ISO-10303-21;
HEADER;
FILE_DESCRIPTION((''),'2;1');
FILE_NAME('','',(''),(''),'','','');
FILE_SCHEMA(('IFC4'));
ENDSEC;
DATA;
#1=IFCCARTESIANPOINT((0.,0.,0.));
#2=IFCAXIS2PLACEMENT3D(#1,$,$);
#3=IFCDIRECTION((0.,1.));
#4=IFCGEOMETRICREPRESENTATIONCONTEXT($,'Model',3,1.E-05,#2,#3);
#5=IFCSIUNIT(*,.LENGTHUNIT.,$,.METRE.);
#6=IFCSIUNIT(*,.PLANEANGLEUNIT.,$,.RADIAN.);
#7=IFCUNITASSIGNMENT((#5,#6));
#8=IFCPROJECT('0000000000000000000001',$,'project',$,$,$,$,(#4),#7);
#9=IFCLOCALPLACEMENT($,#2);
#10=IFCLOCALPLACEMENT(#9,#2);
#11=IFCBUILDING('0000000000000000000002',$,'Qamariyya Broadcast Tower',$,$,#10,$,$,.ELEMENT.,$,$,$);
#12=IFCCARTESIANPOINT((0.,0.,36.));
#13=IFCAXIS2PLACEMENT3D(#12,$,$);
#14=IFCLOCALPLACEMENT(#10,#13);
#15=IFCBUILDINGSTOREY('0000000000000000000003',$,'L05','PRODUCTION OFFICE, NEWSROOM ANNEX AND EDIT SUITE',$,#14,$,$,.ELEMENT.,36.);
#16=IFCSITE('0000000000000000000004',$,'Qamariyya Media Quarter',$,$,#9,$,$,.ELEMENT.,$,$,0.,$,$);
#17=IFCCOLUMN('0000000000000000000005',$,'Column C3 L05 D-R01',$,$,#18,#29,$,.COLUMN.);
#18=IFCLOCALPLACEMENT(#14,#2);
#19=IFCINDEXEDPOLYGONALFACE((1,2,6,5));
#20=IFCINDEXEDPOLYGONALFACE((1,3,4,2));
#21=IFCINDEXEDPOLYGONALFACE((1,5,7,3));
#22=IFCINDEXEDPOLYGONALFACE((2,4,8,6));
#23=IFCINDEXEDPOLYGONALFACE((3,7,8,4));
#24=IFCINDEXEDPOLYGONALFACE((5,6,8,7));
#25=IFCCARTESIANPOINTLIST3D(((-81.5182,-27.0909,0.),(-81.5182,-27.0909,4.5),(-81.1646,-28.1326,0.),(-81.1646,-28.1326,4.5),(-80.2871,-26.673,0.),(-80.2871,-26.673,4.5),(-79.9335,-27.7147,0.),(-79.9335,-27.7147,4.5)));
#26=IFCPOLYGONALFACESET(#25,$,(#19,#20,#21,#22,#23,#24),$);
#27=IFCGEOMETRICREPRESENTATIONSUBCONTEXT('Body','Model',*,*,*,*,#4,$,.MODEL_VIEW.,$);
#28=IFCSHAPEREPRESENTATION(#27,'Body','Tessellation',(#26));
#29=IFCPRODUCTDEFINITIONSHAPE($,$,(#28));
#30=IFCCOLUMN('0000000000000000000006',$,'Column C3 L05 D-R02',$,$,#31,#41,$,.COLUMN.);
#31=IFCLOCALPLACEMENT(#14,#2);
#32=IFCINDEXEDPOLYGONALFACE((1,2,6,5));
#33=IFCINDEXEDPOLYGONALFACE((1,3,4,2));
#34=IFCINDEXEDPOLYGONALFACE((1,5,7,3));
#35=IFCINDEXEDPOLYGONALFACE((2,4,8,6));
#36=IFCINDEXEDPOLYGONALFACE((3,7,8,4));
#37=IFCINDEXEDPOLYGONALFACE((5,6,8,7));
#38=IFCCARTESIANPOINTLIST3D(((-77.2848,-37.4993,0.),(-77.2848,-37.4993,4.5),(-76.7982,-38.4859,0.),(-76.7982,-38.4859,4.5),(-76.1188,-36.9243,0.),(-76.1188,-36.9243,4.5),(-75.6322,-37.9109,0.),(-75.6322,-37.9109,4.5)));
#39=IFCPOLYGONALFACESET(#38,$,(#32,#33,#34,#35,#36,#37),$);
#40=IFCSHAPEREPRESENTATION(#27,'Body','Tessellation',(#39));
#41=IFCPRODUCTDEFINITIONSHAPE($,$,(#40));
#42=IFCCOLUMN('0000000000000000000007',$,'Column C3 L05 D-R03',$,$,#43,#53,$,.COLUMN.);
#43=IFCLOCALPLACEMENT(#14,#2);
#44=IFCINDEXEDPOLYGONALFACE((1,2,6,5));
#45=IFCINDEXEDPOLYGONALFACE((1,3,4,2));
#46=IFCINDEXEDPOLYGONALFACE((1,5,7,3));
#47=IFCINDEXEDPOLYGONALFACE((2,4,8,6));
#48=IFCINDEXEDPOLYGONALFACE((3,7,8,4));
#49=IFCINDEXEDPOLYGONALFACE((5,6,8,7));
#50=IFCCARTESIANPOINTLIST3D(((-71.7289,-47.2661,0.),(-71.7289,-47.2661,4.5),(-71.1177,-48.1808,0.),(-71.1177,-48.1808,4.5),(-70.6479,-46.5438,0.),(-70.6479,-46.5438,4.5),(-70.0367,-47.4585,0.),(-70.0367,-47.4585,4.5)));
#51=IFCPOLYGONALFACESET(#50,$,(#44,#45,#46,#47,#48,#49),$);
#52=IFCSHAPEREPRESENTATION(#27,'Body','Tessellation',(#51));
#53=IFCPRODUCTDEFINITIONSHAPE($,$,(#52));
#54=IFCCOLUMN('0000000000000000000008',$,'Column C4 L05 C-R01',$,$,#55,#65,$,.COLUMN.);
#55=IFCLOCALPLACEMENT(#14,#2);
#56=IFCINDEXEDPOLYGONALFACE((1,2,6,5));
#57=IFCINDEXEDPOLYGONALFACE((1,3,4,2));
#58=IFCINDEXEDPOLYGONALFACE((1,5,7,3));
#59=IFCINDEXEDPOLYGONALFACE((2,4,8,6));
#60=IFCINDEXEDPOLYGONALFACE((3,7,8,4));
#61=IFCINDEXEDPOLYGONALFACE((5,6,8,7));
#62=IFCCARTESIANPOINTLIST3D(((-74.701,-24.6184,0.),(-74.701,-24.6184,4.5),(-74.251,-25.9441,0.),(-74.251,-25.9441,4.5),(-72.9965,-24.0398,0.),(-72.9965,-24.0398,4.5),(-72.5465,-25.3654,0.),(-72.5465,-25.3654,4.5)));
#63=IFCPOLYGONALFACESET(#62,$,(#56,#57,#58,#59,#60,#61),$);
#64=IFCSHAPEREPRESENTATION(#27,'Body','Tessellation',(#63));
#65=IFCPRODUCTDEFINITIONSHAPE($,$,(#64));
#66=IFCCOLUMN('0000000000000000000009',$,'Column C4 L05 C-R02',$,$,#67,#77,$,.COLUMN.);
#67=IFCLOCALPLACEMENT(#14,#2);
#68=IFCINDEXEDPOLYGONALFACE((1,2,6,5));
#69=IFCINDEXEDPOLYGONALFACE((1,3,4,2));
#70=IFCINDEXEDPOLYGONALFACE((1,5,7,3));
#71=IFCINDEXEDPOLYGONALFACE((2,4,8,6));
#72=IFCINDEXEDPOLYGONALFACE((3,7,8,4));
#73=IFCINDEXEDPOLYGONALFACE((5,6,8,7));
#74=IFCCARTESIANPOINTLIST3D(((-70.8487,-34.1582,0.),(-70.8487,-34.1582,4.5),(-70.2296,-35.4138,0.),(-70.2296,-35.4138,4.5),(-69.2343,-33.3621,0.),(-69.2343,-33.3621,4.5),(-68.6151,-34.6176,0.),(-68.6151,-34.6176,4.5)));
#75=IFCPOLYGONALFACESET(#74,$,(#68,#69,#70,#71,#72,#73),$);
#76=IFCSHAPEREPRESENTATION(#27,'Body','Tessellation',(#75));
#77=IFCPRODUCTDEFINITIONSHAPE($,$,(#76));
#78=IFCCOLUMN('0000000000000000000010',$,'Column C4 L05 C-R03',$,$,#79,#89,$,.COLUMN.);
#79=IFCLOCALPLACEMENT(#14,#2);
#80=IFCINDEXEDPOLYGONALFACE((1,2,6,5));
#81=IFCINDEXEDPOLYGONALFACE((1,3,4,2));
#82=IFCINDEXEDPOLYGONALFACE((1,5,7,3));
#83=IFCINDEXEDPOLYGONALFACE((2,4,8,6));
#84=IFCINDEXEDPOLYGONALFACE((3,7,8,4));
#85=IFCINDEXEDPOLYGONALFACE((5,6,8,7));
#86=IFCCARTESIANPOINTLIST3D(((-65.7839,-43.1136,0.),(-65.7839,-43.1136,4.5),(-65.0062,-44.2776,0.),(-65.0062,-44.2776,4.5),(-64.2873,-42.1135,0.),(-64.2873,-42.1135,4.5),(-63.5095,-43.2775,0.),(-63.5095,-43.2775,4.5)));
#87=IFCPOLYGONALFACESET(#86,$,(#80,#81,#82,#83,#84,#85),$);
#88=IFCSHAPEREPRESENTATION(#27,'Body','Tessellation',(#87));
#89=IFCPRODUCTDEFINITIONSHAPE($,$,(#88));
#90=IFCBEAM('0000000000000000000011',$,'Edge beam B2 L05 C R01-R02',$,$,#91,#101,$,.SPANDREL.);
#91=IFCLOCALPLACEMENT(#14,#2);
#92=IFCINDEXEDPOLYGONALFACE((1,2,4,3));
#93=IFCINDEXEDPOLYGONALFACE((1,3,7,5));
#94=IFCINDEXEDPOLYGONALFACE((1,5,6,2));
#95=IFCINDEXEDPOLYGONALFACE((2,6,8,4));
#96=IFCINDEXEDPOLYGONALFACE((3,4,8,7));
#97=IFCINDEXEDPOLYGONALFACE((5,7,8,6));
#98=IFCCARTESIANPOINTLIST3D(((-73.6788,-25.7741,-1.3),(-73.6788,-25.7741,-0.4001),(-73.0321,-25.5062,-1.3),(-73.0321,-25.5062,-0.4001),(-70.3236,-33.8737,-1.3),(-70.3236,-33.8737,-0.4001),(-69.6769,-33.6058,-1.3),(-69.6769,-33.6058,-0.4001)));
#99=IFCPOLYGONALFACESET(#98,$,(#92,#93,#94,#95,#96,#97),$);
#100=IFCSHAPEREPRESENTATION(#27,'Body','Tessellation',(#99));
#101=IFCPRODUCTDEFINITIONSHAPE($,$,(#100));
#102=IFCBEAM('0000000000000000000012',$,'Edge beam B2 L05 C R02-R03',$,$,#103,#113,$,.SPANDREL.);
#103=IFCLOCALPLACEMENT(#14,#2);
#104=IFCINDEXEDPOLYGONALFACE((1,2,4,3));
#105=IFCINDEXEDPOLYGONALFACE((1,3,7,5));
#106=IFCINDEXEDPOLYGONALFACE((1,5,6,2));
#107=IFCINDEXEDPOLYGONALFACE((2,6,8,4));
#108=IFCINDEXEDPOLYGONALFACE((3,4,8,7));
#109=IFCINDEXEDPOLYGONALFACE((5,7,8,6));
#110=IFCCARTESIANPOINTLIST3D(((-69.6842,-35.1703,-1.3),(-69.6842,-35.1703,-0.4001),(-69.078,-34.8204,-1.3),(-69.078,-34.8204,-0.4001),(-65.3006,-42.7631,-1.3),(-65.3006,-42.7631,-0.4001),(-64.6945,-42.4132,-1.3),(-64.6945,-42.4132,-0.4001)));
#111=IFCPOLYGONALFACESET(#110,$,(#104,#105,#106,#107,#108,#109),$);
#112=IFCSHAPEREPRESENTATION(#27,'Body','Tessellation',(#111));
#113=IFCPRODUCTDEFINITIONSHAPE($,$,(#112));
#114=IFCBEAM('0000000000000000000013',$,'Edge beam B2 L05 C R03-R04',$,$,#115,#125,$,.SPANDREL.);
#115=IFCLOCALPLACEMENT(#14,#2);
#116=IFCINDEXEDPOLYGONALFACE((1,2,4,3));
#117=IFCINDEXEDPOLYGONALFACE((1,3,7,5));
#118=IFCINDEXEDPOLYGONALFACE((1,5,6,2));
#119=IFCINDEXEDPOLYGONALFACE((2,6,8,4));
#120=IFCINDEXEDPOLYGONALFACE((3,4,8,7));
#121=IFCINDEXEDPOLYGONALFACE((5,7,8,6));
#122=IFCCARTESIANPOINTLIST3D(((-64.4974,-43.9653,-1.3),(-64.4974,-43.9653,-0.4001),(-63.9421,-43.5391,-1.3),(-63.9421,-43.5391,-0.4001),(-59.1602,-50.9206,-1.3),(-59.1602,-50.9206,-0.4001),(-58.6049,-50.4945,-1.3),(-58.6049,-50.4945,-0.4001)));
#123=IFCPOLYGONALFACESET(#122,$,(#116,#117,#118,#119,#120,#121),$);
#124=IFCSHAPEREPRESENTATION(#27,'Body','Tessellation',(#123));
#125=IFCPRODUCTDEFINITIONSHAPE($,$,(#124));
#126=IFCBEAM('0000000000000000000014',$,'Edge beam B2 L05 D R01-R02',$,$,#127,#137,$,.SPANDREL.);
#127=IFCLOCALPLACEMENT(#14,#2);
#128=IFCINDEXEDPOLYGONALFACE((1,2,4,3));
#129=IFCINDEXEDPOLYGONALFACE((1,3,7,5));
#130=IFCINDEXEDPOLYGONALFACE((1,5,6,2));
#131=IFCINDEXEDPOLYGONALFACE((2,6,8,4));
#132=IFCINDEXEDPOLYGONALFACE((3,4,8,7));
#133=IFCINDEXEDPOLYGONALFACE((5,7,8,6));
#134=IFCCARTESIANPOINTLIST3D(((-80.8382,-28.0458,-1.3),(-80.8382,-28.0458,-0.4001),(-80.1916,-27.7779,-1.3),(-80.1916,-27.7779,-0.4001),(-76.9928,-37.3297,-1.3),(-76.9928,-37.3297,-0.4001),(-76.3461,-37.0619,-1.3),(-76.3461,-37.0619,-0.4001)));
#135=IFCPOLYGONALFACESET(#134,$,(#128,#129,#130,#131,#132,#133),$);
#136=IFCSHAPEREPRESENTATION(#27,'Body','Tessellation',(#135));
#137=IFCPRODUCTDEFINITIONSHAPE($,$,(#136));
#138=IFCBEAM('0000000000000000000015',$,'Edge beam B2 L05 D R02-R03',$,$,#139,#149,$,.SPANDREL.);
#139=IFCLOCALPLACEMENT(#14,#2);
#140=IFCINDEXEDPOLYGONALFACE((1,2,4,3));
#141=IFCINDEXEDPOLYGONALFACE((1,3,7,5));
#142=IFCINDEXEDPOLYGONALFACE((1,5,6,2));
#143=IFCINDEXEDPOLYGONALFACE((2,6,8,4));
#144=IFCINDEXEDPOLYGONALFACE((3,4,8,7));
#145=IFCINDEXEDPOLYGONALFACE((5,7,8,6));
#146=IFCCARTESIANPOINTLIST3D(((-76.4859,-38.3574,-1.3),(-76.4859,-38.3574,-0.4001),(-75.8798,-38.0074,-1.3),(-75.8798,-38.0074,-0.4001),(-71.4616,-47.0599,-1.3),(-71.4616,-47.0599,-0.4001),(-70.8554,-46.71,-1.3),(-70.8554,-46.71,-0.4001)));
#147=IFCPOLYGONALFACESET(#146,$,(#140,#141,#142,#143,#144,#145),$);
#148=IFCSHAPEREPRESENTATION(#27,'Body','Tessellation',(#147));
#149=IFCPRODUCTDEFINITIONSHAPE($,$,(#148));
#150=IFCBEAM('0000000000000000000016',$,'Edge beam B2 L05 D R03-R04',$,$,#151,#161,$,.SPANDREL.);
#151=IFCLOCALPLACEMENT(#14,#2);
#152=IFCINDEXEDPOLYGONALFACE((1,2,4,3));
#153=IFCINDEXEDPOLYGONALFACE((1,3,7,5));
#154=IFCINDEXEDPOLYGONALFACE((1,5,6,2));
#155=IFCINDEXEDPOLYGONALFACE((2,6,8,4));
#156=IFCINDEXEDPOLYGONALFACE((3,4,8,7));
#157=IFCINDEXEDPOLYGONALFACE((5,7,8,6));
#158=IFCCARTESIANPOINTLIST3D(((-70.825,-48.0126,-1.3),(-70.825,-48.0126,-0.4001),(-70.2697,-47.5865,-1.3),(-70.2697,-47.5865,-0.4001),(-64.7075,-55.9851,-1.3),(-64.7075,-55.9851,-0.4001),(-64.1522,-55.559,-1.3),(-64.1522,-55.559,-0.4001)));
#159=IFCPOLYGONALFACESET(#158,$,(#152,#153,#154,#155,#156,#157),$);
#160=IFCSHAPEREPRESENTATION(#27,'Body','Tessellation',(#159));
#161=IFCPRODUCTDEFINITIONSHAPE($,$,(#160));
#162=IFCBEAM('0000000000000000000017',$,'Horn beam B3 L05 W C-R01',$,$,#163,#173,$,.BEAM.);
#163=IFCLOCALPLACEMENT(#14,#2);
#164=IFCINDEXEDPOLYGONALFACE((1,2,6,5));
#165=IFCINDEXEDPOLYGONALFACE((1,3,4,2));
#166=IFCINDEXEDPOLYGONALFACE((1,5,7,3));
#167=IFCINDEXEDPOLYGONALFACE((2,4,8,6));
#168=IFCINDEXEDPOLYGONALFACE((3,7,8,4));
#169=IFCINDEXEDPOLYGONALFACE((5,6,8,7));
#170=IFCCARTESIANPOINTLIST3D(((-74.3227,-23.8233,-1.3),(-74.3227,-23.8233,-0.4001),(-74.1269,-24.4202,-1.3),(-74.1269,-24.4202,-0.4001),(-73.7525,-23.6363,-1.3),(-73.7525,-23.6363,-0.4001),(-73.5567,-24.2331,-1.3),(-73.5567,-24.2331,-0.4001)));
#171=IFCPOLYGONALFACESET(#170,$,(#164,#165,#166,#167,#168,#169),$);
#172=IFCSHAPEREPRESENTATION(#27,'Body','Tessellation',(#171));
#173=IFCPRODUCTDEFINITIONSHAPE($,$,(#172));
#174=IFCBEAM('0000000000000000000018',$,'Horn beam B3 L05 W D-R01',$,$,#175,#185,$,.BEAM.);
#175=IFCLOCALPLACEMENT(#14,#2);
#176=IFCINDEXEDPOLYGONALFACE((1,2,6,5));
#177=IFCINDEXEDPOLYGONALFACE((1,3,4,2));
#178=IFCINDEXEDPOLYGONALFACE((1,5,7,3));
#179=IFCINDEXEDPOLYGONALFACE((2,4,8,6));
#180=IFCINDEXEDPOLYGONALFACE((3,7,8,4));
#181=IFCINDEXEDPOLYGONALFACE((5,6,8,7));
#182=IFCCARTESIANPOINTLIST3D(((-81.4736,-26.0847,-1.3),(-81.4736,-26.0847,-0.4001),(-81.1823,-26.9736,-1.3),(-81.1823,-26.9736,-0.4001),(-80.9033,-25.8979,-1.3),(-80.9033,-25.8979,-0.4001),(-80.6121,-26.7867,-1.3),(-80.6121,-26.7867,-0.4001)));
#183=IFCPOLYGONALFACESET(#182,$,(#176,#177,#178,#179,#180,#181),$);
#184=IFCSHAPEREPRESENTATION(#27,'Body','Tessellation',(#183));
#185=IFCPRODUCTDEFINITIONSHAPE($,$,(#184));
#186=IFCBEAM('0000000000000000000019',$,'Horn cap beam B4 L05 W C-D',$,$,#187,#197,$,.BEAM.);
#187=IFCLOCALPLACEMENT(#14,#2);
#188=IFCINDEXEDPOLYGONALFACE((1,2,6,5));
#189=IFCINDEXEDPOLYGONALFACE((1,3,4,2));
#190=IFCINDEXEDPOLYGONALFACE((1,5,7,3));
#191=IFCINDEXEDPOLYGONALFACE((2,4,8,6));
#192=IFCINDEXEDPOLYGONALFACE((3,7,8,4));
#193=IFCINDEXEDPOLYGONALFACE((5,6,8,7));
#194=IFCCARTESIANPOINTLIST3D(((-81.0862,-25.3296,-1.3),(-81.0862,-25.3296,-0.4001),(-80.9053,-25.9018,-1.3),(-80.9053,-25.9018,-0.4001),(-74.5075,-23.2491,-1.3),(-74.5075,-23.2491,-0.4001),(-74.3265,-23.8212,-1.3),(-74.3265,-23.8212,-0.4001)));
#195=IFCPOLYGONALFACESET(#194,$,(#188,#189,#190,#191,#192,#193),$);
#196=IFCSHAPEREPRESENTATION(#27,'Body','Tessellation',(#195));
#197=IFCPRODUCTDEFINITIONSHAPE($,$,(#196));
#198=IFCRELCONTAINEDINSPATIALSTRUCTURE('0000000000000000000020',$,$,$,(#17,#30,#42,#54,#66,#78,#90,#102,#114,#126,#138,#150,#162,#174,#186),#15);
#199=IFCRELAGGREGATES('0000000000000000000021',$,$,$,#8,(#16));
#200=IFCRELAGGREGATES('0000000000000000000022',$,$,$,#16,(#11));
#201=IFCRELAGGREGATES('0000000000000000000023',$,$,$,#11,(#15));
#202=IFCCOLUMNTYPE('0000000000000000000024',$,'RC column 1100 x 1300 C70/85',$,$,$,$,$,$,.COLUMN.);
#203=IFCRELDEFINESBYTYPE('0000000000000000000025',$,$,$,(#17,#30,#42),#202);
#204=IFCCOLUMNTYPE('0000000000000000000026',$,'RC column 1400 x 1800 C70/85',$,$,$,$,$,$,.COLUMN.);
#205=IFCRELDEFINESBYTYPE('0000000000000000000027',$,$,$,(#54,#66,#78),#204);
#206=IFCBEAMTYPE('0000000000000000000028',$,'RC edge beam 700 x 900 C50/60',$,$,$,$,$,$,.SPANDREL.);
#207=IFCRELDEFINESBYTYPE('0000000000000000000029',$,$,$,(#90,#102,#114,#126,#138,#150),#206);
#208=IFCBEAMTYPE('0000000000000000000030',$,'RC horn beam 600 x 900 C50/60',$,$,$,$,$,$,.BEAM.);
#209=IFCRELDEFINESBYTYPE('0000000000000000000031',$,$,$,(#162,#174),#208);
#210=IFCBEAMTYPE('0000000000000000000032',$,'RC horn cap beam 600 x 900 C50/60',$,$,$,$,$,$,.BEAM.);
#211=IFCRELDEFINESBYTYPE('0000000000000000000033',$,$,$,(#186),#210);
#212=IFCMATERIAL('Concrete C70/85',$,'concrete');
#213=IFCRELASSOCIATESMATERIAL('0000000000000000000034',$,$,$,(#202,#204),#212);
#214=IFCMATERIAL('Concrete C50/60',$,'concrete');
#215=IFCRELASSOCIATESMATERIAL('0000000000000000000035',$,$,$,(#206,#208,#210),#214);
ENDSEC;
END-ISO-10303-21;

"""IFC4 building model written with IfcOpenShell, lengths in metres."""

from ifc_helpers import new_model, si_unit, direction, frame, origin, origin_2d, place, context, subcontext, project, spatial, rectangle, extrude, material, material_profile, profile_set, type_object, element, save


model = new_model("IFC4")

# Units and contexts
model_context = context("Model", 3, precision=1e-05, world=origin(), true_north=direction((0.0, 1.0)))
body_context = subcontext(model_context, "Body", "Model", "MODEL_VIEW")
ifc_project = project(units=[si_unit("LENGTHUNIT", "METRE"), si_unit("PLANEANGLEUNIT", "RADIAN")], contexts=[model_context])

# Site, building, storey
site_placement = place(None, origin())
site = spatial("IfcSite", under=ifc_project, at=site_placement, Name="Qamariyya Media Quarter", CompositionType="ELEMENT", RefElevation=0.0)
building_placement = place(site_placement, origin())
building = spatial("IfcBuilding", under=site, at=building_placement, Name="Qamariyya Broadcast Tower", CompositionType="ELEMENT")
storey_placement = place(building_placement, frame((0.0, 0.0, 36.0)))
storey = spatial("IfcBuildingStorey", under=building, at=storey_placement, Name="L05", Description="PRODUCTION OFFICE, NEWSROOM ANNEX AND EDIT SUITE", CompositionType="ELEMENT", Elevation=36.0)

# Columns
ifc_material_1 = material(Name="Concrete C70/85", Category="concrete")
ifc_material_profile_1 = material_profile(ifc_material_1, rectangle(XDim=1.1001, YDim=1.3, at=origin_2d()))
ifc_profile_set_1 = profile_set([ifc_material_profile_1], Name="Concrete C70/85")
column_type_1 = type_object("IfcColumnType", Name="RC column 1100 x 1300 C70/85", PredefinedType="COLUMN", material=ifc_profile_set_1)
for number, where, z_axis, x_axis, name in (
    (1, (-80.7258, -27.4028, 0.0), (0.0, 0.0, 1.0), (0.321439, -0.94693, 0.0), "Column C3 L05 D-R01"),
    (2, (-76.4585, -37.7051, 0.0), (0.0, 0.0, 1.0), (0.442289, -0.896873, 0.0), "Column C3 L05 D-R02"),
    (3, (-70.8828, -47.3623, 0.0), (0.0, 0.0, 1.0), (0.55557, -0.83147, 0.0), "Column C3 L05 D-R03"),
):
    element("IfcColumn", number, at=place(storey_placement, frame(where, z_axis=z_axis, x_axis=x_axis)), inside=storey, type_object=column_type_1, Name=name, PredefinedType="COLUMN", context=body_context, shape_type="SweptSolid", body=[
        extrude(rectangle(XDim=1.1001, YDim=1.3, at=origin_2d()), origin(), (0.0, 0.0, 1.0), 4.5),
    ])
ifc_material_profile_2 = material_profile(ifc_material_1, rectangle(XDim=1.3999, YDim=1.8, at=origin_2d()))
ifc_profile_set_2 = profile_set([ifc_material_profile_2], Name="Concrete C70/85")
column_type_2 = type_object("IfcColumnType", Name="RC column 1400 x 1800 C70/85", PredefinedType="COLUMN", material=ifc_profile_set_2)
for number, where, z_axis, x_axis, name in (
    (4, (-73.6238, -24.9919, 0.0), (0.0, 0.0, 1.0), (0.321439, -0.94693, 0.0), "Column C4 L05 C-R01"),
    (5, (-69.7319, -34.3879, 0.0), (0.0, 0.0, 1.0), (0.442289, -0.896873, 0.0), "Column C4 L05 C-R02"),
    (6, (-64.6467, -43.1956, 0.0), (0.0, 0.0, 1.0), (0.55557, -0.83147, 0.0), "Column C4 L05 C-R03"),
):
    element("IfcColumn", number, at=place(storey_placement, frame(where, z_axis=z_axis, x_axis=x_axis)), inside=storey, type_object=column_type_2, Name=name, PredefinedType="COLUMN", context=body_context, shape_type="SweptSolid", body=[
        extrude(rectangle(XDim=1.3999, YDim=1.8, at=origin_2d()), origin(), (0.0, 0.0, 1.0), 4.5),
    ])

# Beams
ifc_material_2 = material(Name="Concrete C50/60", Category="concrete")
ifc_material_profile_3 = material_profile(ifc_material_2, rectangle(XDim=0.7, YDim=0.8999, at=origin_2d()))
ifc_profile_set_3 = profile_set([ifc_material_profile_3], Name="Concrete C50/60")
beam_type_1 = type_object("IfcBeamType", Name="RC edge beam 700 x 900 C50/60", PredefinedType="SPANDREL", material=ifc_profile_set_3)
beam_1_placement = place(storey_placement, frame((-73.3555, -25.6401, -0.8501), z_axis=(0.382708, -0.923869, 0.0), x_axis=(0.923869, 0.382708, 0.0)))
element("IfcBeam", 7, at=beam_1_placement, inside=storey, type_object=beam_type_1, Name="Edge beam B2 L05 C R01-R02", PredefinedType="SPANDREL", context=body_context, shape_type="SweptSolid", body=[
    extrude(rectangle(XDim=0.7, YDim=0.8999, at=origin_2d()), origin(), (0.0, 0.0, 1.0), 8.7671),
])
beam_2_placement = place(storey_placement, frame((-69.3811, -34.9954, -0.8501), z_axis=(0.499988, -0.866033, 0.0), x_axis=(0.866033, 0.499988, 0.0)))
element("IfcBeam", 8, at=beam_2_placement, inside=storey, type_object=beam_type_1, Name="Edge beam B2 L05 C R02-R03", PredefinedType="SPANDREL", context=body_context, shape_type="SweptSolid", body=[
    extrude(rectangle(XDim=0.7, YDim=0.8999, at=origin_2d()), origin(), (0.0, 0.0, 1.0), 8.7673),
])
beam_3_placement = place(storey_placement, frame((-64.2197, -43.7522, -0.8501), z_axis=(0.608772, -0.793345, 0.0), x_axis=(0.793345, 0.608772, 0.0)))
element("IfcBeam", 9, at=beam_3_placement, inside=storey, type_object=beam_type_1, Name="Edge beam B2 L05 C R03-R04", PredefinedType="SPANDREL", context=body_context, shape_type="SweptSolid", body=[
    extrude(rectangle(XDim=0.7, YDim=0.8999, at=origin_2d()), origin(), (0.0, 0.0, 1.0), 8.7671),
])
for number, where, z_axis, x_axis, name in (
    (10, (-80.5149, -27.9119, -0.8501), (0.382677, -0.923882, 0.0), (0.923882, 0.382677, 0.0), "Edge beam B2 L05 D R01-R02"),
    (11, (-76.1829, -38.1824, -0.8501), (0.499996, -0.866028, 0.0), (0.866028, 0.499996, 0.0), "Edge beam B2 L05 D R02-R03"),
):
    element("IfcBeam", number, at=place(storey_placement, frame(where, z_axis=z_axis, x_axis=x_axis)), inside=storey, type_object=beam_type_1, Name=name, PredefinedType="SPANDREL", context=body_context, shape_type="SweptSolid", body=[
        extrude(rectangle(XDim=0.7, YDim=0.8999, at=origin_2d()), origin(), (0.0, 0.0, 1.0), 10.0488),
    ])
beam_4_placement = place(storey_placement, frame((-70.5474, -47.7996, -0.8501), z_axis=(0.60876, -0.793354, 0.0), x_axis=(0.793354, 0.60876, 0.0)))
element("IfcBeam", 12, at=beam_4_placement, inside=storey, type_object=beam_type_1, Name="Edge beam B2 L05 D R03-R04", PredefinedType="SPANDREL", context=body_context, shape_type="SweptSolid", body=[
    extrude(rectangle(XDim=0.7, YDim=0.8999, at=origin_2d()), origin(), (0.0, 0.0, 1.0), 10.0491),
])
ifc_material_profile_4 = material_profile(ifc_material_2, rectangle(XDim=0.6001, YDim=0.8999, at=origin_2d()))
ifc_profile_set_4 = profile_set([ifc_material_profile_4], Name="Concrete C50/60")
beam_type_2 = type_object("IfcBeamType", Name="RC horn beam 600 x 900 C50/60", PredefinedType="BEAM", material=ifc_profile_set_4)
beam_5_placement = place(storey_placement, frame((-73.8418, -24.3267, -0.8501), z_axis=(-0.311677, 0.950188, 0.0), x_axis=(-0.950188, -0.311677, 0.0)))
element("IfcBeam", 13, at=beam_5_placement, inside=storey, type_object=beam_type_2, Name="Horn beam B3 L05 W C-R01", PredefinedType="BEAM", context=body_context, shape_type="SweptSolid", body=[
    extrude(rectangle(XDim=0.6001, YDim=0.8999, at=origin_2d()), origin(), (0.0, 0.0, 1.0), 0.6282),
])
beam_6_placement = place(storey_placement, frame((-80.8972, -26.8801, -0.8501), z_axis=(-0.311369, 0.950289, 0.0), x_axis=(-0.950289, -0.311369, 0.0)))
element("IfcBeam", 14, at=beam_6_placement, inside=storey, type_object=beam_type_2, Name="Horn beam B3 L05 W D-R01", PredefinedType="BEAM", context=body_context, shape_type="SweptSolid", body=[
    extrude(rectangle(XDim=0.6001, YDim=0.8999, at=origin_2d()), origin(), (0.0, 0.0, 1.0), 0.9353),
])
ifc_material_profile_5 = material_profile(ifc_material_2, rectangle(XDim=0.6001, YDim=0.8999, at=origin_2d()))
ifc_profile_set_5 = profile_set([ifc_material_profile_5], Name="Concrete C50/60")
beam_type_3 = type_object("IfcBeamType", Name="RC horn cap beam 600 x 900 C50/60", PredefinedType="BEAM", material=ifc_profile_set_5)
beam_7_placement = place(storey_placement, frame((-74.417, -23.5352, -0.8501), z_axis=(-0.953456, -0.301531, 0.0), x_axis=(0.301531, -0.953456, 0.0)))
element("IfcBeam", 15, at=beam_7_placement, inside=storey, type_object=beam_type_3, Name="Horn cap beam B4 L05 W C-D", PredefinedType="BEAM", context=body_context, shape_type="SweptSolid", body=[
    extrude(rectangle(XDim=0.6001, YDim=0.8999, at=origin_2d()), origin(), (0.0, 0.0, 1.0), 6.8999),
])

save(model, "model.ifc")
